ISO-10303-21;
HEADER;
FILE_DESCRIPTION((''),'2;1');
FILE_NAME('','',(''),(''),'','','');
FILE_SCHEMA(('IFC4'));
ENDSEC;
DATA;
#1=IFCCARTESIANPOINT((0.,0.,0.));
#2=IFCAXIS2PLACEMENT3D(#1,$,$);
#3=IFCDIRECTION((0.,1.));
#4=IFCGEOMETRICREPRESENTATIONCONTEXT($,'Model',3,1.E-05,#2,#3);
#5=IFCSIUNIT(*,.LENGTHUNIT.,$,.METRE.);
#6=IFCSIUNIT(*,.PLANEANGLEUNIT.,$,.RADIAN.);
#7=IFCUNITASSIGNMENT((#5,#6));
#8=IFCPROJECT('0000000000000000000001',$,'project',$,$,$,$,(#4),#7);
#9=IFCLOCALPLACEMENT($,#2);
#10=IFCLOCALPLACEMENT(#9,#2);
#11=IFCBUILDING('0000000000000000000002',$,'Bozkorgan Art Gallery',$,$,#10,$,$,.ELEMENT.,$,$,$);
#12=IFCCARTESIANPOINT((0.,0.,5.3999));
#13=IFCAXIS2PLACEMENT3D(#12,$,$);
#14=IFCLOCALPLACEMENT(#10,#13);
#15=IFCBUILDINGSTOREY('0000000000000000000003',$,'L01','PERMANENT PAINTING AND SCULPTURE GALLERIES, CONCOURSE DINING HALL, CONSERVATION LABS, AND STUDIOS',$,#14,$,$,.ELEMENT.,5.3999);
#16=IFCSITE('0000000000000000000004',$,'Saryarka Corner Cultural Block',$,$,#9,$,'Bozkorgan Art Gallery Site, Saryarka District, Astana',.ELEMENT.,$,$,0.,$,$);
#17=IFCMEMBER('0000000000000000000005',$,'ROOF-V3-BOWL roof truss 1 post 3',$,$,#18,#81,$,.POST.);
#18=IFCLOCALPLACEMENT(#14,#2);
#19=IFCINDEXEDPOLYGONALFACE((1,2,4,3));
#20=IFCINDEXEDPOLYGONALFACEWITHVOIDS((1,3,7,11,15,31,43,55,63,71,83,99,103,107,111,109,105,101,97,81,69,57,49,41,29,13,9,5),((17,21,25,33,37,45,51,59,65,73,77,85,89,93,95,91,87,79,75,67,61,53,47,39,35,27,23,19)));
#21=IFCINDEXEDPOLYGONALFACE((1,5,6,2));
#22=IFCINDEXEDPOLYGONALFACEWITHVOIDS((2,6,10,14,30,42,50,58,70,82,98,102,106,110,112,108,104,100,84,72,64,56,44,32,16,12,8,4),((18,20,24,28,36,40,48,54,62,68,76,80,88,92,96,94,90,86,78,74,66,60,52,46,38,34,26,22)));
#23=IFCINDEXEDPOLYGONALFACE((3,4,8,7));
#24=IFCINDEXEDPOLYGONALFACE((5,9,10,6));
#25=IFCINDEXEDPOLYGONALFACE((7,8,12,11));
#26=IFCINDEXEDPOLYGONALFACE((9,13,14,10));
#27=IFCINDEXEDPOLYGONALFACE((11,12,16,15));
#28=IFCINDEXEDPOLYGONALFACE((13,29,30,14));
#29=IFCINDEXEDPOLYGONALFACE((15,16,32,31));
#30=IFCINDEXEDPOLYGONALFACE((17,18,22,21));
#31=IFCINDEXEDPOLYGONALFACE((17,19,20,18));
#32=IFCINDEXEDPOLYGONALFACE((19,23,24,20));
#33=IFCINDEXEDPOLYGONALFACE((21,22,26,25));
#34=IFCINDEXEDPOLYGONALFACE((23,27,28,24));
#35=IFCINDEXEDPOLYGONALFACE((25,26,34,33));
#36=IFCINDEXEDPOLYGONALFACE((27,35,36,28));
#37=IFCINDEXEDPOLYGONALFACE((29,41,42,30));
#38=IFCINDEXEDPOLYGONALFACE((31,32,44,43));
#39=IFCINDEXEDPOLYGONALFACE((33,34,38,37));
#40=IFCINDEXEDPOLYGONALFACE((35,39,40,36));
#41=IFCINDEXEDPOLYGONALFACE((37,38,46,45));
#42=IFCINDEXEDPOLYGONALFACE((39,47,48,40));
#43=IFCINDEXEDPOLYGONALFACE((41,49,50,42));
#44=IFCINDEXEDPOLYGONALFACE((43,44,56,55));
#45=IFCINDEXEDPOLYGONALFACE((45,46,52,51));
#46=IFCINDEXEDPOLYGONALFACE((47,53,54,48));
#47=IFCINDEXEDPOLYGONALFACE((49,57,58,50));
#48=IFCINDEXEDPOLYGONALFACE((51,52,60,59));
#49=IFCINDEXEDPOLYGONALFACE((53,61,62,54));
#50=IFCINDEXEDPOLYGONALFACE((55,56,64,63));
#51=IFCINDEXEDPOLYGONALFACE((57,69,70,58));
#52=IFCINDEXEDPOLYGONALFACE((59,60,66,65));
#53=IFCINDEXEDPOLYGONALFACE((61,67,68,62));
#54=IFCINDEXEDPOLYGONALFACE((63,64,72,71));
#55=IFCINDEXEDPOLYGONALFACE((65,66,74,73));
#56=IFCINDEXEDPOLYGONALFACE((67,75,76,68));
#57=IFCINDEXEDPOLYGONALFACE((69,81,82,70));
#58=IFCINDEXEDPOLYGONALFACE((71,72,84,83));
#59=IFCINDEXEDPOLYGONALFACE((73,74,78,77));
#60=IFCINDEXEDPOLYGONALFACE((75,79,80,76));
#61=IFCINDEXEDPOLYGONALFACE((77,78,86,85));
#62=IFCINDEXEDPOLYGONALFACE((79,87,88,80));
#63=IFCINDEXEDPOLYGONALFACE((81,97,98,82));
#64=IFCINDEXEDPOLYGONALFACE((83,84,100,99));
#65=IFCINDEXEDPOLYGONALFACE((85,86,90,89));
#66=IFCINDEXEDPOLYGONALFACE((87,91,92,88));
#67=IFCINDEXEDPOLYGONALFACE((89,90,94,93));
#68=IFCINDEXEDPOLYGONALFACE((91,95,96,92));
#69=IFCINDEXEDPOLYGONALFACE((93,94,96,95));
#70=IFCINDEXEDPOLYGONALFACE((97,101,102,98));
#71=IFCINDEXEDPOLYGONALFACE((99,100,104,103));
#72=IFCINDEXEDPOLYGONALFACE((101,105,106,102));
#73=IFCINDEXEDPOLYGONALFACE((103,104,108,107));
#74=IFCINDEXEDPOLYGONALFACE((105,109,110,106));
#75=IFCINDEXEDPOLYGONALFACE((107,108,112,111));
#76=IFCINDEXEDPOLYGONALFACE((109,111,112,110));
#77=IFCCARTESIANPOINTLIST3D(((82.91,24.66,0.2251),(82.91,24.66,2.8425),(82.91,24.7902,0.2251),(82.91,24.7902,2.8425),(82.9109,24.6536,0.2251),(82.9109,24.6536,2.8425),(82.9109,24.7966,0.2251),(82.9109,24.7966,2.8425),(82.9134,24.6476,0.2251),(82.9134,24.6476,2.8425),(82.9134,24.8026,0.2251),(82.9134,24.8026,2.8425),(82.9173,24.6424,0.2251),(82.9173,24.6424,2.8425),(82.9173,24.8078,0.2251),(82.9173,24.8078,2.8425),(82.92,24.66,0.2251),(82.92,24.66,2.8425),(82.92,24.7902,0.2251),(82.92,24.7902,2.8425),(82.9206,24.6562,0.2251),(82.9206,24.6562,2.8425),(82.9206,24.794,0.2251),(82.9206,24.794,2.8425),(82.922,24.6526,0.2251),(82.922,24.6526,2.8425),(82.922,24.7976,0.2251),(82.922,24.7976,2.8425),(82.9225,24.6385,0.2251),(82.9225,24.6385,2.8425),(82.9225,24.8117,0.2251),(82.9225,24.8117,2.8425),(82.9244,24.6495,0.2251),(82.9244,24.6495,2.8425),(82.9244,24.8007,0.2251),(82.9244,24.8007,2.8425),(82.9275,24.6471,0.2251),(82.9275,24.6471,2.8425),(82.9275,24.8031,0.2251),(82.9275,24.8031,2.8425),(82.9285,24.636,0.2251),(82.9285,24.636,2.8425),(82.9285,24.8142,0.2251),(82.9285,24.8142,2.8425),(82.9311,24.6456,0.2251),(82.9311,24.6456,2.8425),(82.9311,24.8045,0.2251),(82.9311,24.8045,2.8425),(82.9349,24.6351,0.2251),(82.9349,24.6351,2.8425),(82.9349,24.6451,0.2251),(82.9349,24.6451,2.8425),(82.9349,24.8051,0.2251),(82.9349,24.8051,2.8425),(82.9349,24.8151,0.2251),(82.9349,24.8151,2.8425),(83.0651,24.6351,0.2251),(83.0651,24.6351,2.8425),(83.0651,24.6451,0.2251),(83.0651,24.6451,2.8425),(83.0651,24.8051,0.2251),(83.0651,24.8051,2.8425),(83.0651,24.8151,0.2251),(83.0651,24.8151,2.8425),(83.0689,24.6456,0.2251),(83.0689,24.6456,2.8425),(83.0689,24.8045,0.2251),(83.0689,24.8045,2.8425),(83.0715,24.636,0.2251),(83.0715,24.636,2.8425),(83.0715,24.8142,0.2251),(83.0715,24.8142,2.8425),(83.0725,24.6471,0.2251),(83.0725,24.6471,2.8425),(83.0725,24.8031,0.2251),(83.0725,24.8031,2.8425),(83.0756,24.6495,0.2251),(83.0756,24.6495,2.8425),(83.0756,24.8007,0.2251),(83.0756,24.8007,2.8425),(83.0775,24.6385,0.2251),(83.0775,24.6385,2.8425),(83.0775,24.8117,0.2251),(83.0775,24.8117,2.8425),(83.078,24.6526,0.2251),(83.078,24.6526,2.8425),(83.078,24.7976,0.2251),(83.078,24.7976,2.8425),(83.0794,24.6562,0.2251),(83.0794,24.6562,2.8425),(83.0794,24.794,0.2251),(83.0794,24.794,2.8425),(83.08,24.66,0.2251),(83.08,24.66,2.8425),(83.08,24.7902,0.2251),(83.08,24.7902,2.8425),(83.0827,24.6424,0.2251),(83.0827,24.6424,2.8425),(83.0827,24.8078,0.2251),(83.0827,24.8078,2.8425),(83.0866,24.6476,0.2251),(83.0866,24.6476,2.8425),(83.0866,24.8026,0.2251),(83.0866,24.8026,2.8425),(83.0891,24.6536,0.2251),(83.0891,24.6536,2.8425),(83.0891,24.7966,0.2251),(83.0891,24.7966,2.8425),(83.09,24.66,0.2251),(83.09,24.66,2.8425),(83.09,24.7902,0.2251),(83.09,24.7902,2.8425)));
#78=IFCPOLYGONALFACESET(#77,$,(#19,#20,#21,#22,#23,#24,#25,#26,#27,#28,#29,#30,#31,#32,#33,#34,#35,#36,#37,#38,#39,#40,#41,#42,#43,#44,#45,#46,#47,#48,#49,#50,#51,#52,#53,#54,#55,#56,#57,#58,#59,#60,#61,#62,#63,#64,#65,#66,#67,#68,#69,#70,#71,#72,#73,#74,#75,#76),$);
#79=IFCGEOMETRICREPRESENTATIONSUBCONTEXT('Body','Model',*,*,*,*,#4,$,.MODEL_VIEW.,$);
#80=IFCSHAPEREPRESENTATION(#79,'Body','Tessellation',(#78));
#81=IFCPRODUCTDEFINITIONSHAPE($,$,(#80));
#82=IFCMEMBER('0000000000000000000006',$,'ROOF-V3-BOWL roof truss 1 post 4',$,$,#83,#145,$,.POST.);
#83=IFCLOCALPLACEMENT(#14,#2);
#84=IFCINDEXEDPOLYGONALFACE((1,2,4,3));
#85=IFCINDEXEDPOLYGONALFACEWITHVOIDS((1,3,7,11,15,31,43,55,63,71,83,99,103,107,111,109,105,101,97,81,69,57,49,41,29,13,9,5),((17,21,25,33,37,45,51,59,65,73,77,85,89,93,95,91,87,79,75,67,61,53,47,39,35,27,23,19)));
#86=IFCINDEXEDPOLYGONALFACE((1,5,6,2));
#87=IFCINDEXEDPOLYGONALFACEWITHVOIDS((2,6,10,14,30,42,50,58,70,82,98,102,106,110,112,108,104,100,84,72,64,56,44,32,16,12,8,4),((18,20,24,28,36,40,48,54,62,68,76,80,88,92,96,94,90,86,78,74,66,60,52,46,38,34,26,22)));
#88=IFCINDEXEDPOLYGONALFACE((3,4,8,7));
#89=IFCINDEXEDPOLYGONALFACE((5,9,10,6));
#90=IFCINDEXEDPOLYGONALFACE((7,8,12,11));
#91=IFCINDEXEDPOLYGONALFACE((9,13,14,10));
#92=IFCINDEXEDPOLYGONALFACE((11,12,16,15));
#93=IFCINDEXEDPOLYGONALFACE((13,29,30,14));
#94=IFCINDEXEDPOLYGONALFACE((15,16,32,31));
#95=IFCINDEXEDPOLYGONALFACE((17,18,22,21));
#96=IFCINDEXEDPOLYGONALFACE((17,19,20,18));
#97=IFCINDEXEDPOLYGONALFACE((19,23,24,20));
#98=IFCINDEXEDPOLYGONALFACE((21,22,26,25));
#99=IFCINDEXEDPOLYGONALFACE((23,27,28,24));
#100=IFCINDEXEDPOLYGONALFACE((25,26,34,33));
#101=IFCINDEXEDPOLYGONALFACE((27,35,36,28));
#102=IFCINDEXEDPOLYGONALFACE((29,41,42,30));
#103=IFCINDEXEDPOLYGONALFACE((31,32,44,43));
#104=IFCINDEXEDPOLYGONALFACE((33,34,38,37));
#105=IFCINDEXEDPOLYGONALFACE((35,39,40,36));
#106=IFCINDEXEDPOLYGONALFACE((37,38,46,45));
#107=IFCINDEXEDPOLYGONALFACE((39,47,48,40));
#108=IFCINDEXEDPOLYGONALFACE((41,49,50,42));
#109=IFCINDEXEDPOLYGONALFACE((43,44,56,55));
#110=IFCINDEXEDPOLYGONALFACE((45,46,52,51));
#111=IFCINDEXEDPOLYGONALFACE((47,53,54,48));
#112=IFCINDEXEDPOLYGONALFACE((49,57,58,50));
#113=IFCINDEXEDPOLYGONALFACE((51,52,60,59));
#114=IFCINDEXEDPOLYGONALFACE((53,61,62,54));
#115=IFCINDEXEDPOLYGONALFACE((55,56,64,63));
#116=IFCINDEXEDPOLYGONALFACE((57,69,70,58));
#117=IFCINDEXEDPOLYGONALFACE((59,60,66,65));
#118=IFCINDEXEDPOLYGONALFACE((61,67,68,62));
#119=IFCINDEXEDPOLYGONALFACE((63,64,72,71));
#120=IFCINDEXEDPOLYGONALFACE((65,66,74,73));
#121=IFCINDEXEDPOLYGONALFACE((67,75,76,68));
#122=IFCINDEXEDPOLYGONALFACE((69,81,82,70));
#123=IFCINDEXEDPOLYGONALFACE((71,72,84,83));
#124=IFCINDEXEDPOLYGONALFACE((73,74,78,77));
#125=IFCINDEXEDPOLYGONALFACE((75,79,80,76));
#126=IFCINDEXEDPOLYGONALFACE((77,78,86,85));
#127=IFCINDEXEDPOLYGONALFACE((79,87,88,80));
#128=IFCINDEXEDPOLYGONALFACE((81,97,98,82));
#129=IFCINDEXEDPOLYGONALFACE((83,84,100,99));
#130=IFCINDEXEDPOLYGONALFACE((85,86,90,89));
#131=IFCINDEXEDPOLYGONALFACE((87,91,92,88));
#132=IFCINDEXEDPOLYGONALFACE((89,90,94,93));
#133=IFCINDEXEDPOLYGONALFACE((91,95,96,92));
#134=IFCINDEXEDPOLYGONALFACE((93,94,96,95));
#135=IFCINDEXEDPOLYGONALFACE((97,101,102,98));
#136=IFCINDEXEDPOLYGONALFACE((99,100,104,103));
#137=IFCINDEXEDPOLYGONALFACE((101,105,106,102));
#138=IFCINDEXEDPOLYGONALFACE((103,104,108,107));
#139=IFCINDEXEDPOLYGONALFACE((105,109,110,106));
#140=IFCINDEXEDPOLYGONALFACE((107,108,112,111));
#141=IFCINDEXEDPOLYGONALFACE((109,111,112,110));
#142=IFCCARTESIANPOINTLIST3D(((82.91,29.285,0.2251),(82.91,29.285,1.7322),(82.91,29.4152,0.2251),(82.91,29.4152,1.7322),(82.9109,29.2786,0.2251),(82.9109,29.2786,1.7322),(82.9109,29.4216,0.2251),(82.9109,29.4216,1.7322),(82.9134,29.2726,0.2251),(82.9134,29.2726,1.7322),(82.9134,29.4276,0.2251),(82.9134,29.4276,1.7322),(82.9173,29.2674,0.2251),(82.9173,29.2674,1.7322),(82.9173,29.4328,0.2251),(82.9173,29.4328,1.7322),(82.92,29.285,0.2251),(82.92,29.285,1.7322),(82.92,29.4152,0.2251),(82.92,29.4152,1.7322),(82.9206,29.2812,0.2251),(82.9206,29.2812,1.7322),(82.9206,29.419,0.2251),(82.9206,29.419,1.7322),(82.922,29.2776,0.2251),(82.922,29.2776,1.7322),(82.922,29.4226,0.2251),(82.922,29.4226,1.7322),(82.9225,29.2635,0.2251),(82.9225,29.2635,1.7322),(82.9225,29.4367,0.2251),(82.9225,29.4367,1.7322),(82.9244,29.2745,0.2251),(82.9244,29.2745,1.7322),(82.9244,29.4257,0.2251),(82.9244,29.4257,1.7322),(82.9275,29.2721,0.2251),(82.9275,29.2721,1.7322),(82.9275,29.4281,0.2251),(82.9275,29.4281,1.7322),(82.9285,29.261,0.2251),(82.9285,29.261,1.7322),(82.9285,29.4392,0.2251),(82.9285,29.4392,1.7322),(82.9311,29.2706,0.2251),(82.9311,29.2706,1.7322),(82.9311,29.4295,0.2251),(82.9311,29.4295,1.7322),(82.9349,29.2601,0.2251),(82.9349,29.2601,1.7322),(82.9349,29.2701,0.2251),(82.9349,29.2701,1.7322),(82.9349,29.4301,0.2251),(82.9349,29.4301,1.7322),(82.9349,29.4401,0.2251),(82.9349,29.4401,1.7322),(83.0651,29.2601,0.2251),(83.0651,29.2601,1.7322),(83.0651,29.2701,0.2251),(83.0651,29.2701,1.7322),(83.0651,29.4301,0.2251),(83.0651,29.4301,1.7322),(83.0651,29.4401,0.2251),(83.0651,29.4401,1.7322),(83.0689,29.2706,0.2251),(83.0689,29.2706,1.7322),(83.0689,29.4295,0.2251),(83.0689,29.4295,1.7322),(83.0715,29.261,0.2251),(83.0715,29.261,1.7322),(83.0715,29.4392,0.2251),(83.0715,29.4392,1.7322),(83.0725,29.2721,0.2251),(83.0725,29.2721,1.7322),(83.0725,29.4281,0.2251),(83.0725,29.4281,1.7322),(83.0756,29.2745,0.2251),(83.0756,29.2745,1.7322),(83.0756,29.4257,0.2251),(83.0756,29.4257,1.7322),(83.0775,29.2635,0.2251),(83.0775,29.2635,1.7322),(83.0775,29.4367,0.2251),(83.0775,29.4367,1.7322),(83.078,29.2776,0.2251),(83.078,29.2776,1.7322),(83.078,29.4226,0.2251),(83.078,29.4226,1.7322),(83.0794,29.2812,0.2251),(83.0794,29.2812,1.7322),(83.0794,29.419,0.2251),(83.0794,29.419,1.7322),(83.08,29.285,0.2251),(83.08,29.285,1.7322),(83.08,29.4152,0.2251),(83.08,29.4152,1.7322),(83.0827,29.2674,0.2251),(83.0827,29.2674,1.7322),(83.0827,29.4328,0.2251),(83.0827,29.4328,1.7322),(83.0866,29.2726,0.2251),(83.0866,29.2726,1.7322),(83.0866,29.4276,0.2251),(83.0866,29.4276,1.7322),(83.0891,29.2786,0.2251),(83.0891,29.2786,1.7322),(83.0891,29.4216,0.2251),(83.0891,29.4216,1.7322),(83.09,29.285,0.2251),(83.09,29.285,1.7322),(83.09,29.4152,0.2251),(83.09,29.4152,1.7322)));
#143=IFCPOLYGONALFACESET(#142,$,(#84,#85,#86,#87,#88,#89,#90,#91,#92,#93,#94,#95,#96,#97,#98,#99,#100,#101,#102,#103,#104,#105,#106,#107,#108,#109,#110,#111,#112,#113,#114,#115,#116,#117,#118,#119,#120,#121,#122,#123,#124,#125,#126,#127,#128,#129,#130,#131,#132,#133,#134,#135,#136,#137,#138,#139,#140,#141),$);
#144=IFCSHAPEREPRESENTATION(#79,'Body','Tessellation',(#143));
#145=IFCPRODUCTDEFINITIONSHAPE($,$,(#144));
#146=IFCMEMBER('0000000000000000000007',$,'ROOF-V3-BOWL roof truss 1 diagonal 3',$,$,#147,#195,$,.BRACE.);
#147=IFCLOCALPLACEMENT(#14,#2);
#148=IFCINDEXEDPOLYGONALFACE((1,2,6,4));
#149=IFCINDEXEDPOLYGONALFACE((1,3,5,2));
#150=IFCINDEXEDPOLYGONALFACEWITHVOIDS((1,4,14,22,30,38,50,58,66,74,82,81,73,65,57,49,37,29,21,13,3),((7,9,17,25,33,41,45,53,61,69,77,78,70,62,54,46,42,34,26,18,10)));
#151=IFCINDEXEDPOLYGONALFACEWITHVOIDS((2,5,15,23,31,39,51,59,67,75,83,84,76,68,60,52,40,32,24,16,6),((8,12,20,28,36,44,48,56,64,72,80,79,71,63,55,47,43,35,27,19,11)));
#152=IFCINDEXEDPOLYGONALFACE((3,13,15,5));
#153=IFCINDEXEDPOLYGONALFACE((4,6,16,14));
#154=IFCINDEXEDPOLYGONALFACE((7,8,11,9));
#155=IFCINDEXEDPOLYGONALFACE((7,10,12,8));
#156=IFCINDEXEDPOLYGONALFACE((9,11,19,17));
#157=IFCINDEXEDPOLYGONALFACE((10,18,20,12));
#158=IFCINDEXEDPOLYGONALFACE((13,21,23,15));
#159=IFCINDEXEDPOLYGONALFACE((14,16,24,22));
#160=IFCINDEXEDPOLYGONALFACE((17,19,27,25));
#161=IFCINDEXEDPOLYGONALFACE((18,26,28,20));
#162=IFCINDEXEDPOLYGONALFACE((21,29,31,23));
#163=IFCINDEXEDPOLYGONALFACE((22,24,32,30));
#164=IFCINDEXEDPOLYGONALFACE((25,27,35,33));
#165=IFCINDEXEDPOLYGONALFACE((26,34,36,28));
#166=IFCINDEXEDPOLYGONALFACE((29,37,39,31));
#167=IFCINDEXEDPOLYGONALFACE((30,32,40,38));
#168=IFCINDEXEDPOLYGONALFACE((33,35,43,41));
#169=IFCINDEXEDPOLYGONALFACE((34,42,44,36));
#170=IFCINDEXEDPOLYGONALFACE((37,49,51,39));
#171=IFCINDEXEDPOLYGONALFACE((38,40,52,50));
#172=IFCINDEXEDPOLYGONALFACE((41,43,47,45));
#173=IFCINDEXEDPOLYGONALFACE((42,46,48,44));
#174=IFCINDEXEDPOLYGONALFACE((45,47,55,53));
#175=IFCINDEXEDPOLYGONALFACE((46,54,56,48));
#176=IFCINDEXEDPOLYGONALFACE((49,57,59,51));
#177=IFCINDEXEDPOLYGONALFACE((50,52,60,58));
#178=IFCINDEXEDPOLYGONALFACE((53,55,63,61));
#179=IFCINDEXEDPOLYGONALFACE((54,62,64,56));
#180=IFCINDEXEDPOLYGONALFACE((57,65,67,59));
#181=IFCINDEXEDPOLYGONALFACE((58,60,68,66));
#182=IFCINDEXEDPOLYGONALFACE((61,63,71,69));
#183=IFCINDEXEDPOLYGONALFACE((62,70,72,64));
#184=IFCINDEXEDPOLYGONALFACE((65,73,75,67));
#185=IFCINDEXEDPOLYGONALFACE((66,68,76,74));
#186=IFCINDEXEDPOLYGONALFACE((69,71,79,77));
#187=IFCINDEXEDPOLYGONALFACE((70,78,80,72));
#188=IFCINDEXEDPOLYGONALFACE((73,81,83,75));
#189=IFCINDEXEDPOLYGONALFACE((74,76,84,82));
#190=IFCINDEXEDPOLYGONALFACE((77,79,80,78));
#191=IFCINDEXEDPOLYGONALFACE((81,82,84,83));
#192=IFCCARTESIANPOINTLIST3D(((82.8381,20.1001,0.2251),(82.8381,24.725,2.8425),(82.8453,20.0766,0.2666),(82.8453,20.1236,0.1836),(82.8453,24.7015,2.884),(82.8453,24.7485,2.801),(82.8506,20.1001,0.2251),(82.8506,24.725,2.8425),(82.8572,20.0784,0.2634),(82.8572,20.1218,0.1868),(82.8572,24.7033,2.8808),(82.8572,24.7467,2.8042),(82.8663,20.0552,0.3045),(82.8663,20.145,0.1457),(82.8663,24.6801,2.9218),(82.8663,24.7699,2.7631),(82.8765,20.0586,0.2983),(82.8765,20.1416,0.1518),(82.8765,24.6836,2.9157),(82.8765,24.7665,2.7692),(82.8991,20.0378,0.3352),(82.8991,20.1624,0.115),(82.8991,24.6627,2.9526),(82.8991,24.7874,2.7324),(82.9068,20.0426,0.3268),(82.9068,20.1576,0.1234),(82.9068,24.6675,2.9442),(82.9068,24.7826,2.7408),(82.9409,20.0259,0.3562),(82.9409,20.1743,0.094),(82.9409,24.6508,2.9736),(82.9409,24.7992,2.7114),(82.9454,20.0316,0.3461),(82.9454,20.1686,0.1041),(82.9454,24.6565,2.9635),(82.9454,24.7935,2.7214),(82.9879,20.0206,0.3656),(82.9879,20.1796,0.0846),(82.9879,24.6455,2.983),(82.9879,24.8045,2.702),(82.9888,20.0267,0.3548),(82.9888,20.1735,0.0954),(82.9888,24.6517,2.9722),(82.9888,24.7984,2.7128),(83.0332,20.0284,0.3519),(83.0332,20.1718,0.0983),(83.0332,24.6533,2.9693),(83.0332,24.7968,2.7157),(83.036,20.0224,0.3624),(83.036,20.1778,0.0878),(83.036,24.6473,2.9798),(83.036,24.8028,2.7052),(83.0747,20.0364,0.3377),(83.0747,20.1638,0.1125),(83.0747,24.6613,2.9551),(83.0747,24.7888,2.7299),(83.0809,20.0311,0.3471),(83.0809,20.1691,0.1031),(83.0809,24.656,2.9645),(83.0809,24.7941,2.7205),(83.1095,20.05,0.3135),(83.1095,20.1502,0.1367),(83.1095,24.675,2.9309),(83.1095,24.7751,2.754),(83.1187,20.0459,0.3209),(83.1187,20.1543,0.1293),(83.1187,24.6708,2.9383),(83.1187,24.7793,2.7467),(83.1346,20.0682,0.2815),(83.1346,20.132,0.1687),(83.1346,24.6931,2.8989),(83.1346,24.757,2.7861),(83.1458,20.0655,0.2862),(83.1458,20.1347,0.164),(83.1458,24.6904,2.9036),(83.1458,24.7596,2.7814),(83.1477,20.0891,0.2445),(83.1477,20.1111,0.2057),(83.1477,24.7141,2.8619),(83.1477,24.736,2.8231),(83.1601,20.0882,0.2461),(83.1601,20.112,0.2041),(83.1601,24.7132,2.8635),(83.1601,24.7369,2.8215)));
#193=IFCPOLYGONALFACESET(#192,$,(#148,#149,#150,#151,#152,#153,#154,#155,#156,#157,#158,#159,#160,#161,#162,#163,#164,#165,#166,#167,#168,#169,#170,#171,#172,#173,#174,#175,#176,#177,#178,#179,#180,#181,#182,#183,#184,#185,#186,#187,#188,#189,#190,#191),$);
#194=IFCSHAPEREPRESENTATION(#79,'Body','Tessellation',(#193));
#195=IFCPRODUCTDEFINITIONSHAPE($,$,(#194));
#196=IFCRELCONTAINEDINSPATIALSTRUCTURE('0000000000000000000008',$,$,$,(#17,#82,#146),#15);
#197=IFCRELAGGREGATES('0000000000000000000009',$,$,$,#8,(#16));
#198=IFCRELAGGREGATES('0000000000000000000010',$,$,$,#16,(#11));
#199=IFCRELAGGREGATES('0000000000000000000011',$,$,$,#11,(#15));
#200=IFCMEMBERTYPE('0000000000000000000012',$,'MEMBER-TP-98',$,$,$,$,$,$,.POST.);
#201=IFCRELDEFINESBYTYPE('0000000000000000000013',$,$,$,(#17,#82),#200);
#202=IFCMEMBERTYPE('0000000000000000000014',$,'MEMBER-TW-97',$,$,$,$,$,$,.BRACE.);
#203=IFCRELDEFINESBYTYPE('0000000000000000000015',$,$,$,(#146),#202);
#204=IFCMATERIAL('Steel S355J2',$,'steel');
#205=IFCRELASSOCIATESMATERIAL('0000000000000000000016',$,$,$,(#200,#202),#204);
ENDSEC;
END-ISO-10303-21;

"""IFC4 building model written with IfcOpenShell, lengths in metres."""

from ifc_helpers import new_model, si_unit, direction, frame, origin, origin_2d, place, context, subcontext, project, spatial, hollow_rectangle, hollow_circle, extrude, material, material_profile, profile_set, type_object, element, save


model = new_model("IFC4")

# Units and contexts
model_context = context("Model", 3, precision=1e-05, world=origin(), true_north=direction((0.0, 1.0)))
body_context = subcontext(model_context, "Body", "Model", "MODEL_VIEW")
ifc_project = project(units=[si_unit("LENGTHUNIT", "METRE"), si_unit("PLANEANGLEUNIT", "RADIAN")], contexts=[model_context])

# Site, building, storey
site_placement = place(None, origin())
site = spatial("IfcSite", under=ifc_project, at=site_placement, Name="Saryarka Corner Cultural Block", LongName="Bozkorgan Art Gallery Site, Saryarka District, Astana", CompositionType="ELEMENT", RefElevation=0.0)
building_placement = place(site_placement, origin())
building = spatial("IfcBuilding", under=site, at=building_placement, Name="Bozkorgan Art Gallery", CompositionType="ELEMENT")
storey_placement = place(building_placement, frame((0.0, 0.0, 5.3999)))
storey = spatial("IfcBuildingStorey", under=building, at=storey_placement, Name="L01", Description="PERMANENT PAINTING AND SCULPTURE GALLERIES, CONCOURSE DINING HALL, CONSERVATION LABS, AND STUDIOS", CompositionType="ELEMENT", Elevation=5.3999)

# Members
ifc_material_1 = material(Name="Steel S355J2", Category="steel")
ifc_material_profile_1 = material_profile(ifc_material_1, hollow_rectangle(XDim=0.1799, YDim=0.1799, WallThickness=0.01, InnerFilletRadius=0.0149, OuterFilletRadius=0.0249, at=origin_2d()), Name="SHS 180x180x10")
ifc_profile_set_1 = profile_set([ifc_material_profile_1], Name="Steel S355J2")
member_type_1 = type_object("IfcMemberType", Name="MEMBER-TP-98", PredefinedType="POST", material=ifc_profile_set_1)
member_1_placement = place(storey_placement, frame((83.0, 24.7251, 0.2251), z_axis=(0.0, 0.0, 1.0), x_axis=(1.0, 0.0, 0.0)))
element("IfcMember", 1, at=member_1_placement, inside=storey, type_object=member_type_1, Name="ROOF-V3-BOWL roof truss 1 post 3", PredefinedType="POST", context=body_context, shape_type="SweptSolid", body=[
    extrude(hollow_rectangle(XDim=0.1799, YDim=0.1799, WallThickness=0.01, InnerFilletRadius=0.0149, OuterFilletRadius=0.0249, at=origin_2d()), origin(), (0.0, 0.0, 1.0), 2.6174),
])
member_2_placement = place(storey_placement, frame((83.0, 29.3501, 0.2251), z_axis=(0.0, 0.0, 1.0), x_axis=(1.0, 0.0, 0.0)))
element("IfcMember", 2, at=member_2_placement, inside=storey, type_object=member_type_1, Name="ROOF-V3-BOWL roof truss 1 post 4", PredefinedType="POST", context=body_context, shape_type="SweptSolid", body=[
    extrude(hollow_rectangle(XDim=0.1799, YDim=0.1799, WallThickness=0.01, InnerFilletRadius=0.0149, OuterFilletRadius=0.0249, at=origin_2d()), origin(), (0.0, 0.0, 1.0), 1.5071),
])
ifc_material_profile_2 = material_profile(ifc_material_1, hollow_circle(Radius=0.1619, WallThickness=0.0125, at=origin_2d()), Name="CHS 323.9x12.5")
ifc_profile_set_2 = profile_set([ifc_material_profile_2], Name="Steel S355J2")
member_type_2 = type_object("IfcMemberType", Name="MEMBER-TW-97", PredefinedType="BRACE", material=ifc_profile_set_2)
for number, where, z_axis, x_axis, name in (
    (3, (83.0, 20.1001, 0.2251), (0.0, 0.870297, 0.492528), (-1.0, 0.0, 0.0), "ROOF-V3-BOWL roof truss 1 diagonal 3"),
):
    element("IfcMember", number, at=place(storey_placement, frame(where, z_axis=z_axis, x_axis=x_axis)), inside=storey, type_object=member_type_2, Name=name, PredefinedType="BRACE", context=body_context, shape_type="SweptSolid", body=[
        extrude(hollow_circle(Radius=0.1619, WallThickness=0.0125, at=origin_2d()), origin(), (0.0, 0.0, 1.0), 5.3142),
    ])

save(model, "model.ifc")
